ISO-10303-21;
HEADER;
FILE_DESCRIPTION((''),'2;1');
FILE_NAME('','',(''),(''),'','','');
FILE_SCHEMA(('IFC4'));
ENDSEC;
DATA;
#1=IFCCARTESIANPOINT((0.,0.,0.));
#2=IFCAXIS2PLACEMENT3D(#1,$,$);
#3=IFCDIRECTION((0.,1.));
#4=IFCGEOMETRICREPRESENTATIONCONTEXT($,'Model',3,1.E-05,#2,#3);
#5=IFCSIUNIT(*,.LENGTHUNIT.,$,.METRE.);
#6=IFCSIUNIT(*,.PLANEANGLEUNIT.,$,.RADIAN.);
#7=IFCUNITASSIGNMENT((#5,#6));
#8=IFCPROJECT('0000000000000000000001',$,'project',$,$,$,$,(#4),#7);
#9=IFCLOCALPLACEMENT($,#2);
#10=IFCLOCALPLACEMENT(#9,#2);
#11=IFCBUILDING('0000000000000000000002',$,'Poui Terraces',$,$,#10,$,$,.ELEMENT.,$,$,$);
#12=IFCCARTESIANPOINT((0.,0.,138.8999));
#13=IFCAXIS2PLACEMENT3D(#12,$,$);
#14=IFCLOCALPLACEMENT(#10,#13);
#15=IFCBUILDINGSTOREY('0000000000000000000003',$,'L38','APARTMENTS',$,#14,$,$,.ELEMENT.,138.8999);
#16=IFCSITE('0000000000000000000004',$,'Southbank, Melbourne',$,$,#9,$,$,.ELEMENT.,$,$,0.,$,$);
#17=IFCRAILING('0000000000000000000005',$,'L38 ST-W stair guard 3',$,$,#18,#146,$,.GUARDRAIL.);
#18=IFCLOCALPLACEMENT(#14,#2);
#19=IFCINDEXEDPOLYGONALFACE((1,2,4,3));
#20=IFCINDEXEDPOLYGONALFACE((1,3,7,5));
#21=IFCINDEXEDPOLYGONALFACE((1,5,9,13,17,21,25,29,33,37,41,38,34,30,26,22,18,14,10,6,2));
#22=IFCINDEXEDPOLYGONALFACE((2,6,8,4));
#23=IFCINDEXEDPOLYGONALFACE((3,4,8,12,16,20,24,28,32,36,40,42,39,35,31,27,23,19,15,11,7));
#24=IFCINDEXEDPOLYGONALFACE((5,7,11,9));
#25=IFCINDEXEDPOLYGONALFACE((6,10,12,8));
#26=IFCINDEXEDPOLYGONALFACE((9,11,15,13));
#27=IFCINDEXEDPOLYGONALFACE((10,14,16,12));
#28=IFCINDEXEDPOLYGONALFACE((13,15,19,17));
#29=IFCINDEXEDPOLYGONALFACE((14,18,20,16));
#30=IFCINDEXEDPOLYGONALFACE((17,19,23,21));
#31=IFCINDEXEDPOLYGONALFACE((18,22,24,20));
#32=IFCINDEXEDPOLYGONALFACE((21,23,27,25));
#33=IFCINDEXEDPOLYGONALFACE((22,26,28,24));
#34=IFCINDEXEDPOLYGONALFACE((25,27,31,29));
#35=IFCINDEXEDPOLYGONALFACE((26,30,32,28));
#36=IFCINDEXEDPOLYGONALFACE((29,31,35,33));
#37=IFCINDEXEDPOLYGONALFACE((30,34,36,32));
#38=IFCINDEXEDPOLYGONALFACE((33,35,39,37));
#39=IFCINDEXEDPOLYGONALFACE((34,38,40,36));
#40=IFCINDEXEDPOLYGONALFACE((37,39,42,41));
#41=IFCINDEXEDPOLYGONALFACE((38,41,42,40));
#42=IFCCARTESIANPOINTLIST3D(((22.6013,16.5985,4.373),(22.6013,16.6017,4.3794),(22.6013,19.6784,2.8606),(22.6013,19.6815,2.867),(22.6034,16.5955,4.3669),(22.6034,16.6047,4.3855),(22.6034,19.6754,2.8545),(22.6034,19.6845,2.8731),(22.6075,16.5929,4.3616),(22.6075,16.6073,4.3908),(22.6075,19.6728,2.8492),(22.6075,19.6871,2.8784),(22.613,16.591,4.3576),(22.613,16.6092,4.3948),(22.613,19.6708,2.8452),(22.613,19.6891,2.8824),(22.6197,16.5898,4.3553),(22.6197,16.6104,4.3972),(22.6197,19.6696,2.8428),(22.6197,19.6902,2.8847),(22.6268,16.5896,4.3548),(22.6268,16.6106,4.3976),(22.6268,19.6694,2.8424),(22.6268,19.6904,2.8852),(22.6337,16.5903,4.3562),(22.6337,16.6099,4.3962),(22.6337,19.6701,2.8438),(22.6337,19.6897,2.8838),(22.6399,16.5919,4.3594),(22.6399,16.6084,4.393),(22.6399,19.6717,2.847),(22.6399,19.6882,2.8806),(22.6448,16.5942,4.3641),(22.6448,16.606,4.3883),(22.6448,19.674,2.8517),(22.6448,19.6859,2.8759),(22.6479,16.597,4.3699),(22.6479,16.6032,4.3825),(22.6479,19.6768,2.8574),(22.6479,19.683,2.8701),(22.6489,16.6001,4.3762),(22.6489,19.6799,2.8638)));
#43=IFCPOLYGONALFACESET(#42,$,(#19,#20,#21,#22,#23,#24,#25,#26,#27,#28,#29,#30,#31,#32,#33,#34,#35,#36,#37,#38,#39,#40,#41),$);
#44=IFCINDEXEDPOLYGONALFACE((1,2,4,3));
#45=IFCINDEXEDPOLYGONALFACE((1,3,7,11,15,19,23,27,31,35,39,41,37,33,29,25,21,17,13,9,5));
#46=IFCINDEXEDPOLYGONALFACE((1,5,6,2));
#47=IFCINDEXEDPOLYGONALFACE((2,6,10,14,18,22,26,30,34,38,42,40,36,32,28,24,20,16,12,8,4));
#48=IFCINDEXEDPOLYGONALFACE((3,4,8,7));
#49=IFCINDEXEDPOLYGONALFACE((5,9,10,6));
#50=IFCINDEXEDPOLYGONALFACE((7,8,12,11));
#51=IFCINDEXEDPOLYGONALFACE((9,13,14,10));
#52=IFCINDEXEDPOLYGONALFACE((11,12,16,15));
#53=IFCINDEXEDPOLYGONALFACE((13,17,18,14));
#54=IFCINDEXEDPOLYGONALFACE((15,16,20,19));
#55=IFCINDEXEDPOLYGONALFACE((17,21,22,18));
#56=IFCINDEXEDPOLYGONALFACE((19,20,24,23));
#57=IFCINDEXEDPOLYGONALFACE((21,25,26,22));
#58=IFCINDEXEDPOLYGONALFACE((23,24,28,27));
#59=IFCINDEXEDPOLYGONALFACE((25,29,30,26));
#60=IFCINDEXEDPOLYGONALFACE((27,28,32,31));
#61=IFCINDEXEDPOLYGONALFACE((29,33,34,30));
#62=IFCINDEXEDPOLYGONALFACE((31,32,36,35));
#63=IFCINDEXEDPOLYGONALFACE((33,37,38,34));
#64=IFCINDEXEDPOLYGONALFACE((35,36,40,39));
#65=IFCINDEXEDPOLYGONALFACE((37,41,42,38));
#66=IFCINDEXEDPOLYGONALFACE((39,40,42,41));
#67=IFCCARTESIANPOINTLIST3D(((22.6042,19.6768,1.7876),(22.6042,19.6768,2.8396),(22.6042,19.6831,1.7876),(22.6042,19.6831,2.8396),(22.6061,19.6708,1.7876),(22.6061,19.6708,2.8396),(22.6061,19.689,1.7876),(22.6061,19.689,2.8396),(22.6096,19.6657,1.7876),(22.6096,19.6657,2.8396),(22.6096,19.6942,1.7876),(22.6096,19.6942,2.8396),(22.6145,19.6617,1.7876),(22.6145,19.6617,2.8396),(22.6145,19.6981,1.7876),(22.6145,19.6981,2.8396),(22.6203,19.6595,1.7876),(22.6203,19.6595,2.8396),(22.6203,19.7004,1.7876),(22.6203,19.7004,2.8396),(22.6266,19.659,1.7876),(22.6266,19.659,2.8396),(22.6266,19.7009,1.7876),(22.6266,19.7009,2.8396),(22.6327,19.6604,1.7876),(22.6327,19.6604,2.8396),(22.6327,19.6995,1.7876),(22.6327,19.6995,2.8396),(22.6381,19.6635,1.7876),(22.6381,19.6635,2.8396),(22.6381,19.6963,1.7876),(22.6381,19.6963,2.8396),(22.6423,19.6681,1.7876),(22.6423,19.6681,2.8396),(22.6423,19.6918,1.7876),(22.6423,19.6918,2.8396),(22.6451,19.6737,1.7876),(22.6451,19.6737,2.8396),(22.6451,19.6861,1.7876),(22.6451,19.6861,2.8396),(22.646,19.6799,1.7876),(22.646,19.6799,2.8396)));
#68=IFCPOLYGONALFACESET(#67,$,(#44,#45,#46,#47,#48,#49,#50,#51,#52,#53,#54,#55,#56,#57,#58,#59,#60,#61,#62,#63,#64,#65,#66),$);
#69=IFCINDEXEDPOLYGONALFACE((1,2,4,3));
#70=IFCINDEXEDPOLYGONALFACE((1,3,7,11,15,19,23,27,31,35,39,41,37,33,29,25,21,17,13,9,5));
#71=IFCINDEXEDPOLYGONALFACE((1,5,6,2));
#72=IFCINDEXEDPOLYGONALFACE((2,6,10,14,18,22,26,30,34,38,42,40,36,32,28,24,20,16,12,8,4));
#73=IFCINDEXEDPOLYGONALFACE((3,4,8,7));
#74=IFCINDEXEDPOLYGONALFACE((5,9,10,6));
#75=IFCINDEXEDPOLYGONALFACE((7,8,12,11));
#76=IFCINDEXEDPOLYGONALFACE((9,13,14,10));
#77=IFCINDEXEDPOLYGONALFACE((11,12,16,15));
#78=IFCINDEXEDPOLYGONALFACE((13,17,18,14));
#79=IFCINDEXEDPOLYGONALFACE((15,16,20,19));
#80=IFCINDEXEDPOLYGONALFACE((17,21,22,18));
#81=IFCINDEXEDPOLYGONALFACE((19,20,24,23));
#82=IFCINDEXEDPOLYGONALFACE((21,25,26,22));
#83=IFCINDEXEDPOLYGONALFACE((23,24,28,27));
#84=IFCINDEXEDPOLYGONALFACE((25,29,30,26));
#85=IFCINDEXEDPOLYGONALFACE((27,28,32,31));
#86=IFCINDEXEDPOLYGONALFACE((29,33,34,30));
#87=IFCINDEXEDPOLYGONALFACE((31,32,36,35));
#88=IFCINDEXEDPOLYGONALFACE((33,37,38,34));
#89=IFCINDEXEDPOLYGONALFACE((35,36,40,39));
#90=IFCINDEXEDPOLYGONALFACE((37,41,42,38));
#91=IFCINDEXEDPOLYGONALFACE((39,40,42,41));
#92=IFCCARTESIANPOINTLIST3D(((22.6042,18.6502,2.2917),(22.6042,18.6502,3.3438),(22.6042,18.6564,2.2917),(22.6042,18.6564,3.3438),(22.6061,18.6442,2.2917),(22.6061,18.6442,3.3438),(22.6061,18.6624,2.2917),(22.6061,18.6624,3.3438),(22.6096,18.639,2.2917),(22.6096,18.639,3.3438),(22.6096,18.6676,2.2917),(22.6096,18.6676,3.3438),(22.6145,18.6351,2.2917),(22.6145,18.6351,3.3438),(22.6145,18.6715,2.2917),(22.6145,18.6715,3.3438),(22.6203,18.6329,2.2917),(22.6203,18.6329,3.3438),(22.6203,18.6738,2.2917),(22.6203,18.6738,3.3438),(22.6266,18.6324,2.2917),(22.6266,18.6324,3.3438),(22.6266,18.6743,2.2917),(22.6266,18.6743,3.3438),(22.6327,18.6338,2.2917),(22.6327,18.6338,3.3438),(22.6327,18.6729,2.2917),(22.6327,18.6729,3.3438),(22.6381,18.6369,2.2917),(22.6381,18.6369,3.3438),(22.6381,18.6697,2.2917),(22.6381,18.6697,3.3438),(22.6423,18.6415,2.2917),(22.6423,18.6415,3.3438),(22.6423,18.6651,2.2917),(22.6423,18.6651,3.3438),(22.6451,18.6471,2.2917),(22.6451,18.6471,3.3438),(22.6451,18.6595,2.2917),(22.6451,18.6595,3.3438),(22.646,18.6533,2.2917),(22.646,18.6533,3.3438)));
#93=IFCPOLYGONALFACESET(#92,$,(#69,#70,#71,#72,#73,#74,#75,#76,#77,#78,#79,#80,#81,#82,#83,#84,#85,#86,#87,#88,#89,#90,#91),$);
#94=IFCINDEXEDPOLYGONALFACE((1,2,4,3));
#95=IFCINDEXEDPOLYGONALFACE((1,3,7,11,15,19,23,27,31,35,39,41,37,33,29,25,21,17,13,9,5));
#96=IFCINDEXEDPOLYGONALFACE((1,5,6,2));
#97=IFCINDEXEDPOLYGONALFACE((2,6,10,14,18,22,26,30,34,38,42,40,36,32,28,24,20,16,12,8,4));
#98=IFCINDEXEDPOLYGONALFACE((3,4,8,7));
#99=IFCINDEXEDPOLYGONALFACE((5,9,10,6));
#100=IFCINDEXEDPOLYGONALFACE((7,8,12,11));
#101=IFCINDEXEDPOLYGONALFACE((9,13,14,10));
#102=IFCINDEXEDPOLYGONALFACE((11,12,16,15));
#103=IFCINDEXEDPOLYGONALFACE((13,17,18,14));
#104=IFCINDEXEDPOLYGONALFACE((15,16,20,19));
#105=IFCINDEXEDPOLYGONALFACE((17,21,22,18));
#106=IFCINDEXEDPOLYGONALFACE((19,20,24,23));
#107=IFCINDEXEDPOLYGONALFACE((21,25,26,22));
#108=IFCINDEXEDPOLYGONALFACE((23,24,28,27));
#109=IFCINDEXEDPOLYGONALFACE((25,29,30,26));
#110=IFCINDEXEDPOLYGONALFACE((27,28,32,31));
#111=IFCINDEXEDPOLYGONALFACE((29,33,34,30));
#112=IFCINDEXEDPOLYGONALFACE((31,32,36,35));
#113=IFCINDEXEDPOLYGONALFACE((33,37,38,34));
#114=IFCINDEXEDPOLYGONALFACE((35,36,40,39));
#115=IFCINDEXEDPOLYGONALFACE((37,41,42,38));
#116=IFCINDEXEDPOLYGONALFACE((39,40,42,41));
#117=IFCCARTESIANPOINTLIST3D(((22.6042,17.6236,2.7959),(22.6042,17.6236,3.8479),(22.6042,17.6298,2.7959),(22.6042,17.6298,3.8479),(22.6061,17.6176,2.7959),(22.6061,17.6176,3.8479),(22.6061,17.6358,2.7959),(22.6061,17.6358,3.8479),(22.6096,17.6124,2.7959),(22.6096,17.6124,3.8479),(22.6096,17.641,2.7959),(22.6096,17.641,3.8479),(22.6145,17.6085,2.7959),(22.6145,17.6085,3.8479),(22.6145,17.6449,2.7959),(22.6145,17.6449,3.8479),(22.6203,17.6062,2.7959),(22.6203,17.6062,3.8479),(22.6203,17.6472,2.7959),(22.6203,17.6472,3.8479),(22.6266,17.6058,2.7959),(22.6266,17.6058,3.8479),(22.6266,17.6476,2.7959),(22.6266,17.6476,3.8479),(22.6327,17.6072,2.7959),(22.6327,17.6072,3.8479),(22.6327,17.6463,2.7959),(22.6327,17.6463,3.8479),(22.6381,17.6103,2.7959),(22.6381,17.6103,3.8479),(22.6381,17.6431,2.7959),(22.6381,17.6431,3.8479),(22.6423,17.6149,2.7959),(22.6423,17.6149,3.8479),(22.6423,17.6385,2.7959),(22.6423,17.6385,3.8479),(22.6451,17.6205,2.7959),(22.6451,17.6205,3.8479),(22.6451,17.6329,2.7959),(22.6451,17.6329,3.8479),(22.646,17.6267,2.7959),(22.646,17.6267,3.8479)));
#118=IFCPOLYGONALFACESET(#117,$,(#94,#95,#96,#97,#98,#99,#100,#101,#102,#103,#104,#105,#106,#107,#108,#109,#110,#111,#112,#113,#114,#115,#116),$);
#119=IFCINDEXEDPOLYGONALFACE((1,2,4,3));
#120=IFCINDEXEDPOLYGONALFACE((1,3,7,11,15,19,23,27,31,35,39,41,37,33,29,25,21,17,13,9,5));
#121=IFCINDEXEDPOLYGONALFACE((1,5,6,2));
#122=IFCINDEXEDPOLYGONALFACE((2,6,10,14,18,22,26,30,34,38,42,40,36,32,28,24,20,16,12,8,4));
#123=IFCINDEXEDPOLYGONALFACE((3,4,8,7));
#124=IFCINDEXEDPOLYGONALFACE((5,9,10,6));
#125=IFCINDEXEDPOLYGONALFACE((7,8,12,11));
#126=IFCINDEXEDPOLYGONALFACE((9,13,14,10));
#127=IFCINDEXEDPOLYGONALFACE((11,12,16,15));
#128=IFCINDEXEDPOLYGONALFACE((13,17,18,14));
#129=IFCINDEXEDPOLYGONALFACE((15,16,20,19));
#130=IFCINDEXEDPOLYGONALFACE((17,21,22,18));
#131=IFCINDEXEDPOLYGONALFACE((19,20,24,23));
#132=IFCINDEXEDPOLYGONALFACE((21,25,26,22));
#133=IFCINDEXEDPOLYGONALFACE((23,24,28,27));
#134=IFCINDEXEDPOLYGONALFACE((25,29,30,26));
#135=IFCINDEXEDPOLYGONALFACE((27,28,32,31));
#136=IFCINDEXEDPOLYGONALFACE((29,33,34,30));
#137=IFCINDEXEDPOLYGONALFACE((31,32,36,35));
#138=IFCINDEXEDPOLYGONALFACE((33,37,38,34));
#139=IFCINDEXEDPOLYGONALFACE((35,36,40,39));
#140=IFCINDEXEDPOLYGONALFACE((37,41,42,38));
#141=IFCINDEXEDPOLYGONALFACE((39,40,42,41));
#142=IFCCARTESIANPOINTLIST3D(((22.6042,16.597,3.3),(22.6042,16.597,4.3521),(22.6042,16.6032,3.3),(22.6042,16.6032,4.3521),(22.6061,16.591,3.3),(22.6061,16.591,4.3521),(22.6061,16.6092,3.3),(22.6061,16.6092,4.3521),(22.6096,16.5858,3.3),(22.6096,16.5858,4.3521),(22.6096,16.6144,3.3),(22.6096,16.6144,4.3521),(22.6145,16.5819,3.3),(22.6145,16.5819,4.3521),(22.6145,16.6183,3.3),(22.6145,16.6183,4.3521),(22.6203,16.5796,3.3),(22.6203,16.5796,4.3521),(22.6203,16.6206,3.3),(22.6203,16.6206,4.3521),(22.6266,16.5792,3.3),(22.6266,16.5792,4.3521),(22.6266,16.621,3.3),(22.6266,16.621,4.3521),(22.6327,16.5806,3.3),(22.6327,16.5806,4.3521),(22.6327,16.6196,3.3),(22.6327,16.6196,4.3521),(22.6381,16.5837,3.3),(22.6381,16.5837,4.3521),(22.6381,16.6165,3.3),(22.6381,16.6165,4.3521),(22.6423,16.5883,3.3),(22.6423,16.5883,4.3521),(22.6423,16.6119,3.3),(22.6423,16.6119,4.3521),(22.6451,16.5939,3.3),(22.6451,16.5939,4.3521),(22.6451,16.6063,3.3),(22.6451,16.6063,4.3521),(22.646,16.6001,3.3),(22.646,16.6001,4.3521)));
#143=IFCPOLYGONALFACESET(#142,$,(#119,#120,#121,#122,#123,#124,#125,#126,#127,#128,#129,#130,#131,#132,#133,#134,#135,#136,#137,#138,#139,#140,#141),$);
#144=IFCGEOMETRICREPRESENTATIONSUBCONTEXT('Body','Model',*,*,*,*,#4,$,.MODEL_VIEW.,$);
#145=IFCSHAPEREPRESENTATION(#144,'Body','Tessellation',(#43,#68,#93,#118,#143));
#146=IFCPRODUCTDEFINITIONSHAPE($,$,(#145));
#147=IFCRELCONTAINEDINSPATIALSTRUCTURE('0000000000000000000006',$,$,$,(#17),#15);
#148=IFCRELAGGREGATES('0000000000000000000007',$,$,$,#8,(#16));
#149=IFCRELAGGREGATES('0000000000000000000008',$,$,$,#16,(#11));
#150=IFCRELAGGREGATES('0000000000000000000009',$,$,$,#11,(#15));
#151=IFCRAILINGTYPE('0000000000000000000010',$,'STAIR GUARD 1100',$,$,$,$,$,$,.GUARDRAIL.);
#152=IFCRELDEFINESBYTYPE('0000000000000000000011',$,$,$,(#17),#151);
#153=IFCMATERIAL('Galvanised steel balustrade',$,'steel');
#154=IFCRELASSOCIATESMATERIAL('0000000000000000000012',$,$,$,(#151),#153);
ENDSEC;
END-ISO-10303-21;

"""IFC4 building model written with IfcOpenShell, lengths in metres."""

from ifc_helpers import new_model, si_unit, direction, frame, origin, origin_2d, place, context, subcontext, project, spatial, circle, extrude, material, type_object, element, save


model = new_model("IFC4")

# Units and contexts
model_context = context("Model", 3, precision=1e-05, world=origin(), true_north=direction((0.0, 1.0)))
body_context = subcontext(model_context, "Body", "Model", "MODEL_VIEW")
ifc_project = project(units=[si_unit("LENGTHUNIT", "METRE"), si_unit("PLANEANGLEUNIT", "RADIAN")], contexts=[model_context])

# Site, building, storey
site_placement = place(None, origin())
site = spatial("IfcSite", under=ifc_project, at=site_placement, Name="Southbank, Melbourne", CompositionType="ELEMENT", RefElevation=0.0)
building_placement = place(site_placement, origin())
building = spatial("IfcBuilding", under=site, at=building_placement, Name="Poui Terraces", CompositionType="ELEMENT")
storey_placement = place(building_placement, frame((0.0, 0.0, 138.8999)))
storey = spatial("IfcBuildingStorey", under=building, at=storey_placement, Name="L38", Description="APARTMENTS", CompositionType="ELEMENT", Elevation=138.8999)

# Railing
ifc_material_1 = material(Name="Galvanised steel balustrade", Category="steel")
railing_type_1 = type_object("IfcRailingType", Name="STAIR GUARD 1100", PredefinedType="GUARDRAIL", material=ifc_material_1)
railing_1_placement = place(storey_placement, frame((22.625, 19.6799, 1.7876)))
element("IfcRailing", 1, at=railing_1_placement, inside=storey, type_object=railing_type_1, Name="L38 ST-W stair guard 3", PredefinedType="GUARDRAIL", context=body_context, shape_type="SweptSolid", body=[
    extrude(circle(Radius=0.0239, at=origin_2d()), frame((0.0, 0.0, 1.0762), z_axis=(0.0, -0.897606, 0.440798), x_axis=(1.0, 0.0, 0.0)), (0.0, 0.0, 1.0), 3.4312),
    extrude(circle(Radius=0.021, at=origin_2d()), origin(), (0.0, 0.0, 1.0), 1.052),
    extrude(circle(Radius=0.021, at=origin_2d()), frame((0.0, -1.0266, 0.5042)), (0.0, 0.0, 1.0), 1.052),
    extrude(circle(Radius=0.021, at=origin_2d()), frame((0.0, -2.0532, 1.0083)), (0.0, 0.0, 1.0), 1.052),
    extrude(circle(Radius=0.021, at=origin_2d()), frame((0.0, -3.0798, 1.5125)), (0.0, 0.0, 1.0), 1.052),
])

save(model, "model.ifc")
